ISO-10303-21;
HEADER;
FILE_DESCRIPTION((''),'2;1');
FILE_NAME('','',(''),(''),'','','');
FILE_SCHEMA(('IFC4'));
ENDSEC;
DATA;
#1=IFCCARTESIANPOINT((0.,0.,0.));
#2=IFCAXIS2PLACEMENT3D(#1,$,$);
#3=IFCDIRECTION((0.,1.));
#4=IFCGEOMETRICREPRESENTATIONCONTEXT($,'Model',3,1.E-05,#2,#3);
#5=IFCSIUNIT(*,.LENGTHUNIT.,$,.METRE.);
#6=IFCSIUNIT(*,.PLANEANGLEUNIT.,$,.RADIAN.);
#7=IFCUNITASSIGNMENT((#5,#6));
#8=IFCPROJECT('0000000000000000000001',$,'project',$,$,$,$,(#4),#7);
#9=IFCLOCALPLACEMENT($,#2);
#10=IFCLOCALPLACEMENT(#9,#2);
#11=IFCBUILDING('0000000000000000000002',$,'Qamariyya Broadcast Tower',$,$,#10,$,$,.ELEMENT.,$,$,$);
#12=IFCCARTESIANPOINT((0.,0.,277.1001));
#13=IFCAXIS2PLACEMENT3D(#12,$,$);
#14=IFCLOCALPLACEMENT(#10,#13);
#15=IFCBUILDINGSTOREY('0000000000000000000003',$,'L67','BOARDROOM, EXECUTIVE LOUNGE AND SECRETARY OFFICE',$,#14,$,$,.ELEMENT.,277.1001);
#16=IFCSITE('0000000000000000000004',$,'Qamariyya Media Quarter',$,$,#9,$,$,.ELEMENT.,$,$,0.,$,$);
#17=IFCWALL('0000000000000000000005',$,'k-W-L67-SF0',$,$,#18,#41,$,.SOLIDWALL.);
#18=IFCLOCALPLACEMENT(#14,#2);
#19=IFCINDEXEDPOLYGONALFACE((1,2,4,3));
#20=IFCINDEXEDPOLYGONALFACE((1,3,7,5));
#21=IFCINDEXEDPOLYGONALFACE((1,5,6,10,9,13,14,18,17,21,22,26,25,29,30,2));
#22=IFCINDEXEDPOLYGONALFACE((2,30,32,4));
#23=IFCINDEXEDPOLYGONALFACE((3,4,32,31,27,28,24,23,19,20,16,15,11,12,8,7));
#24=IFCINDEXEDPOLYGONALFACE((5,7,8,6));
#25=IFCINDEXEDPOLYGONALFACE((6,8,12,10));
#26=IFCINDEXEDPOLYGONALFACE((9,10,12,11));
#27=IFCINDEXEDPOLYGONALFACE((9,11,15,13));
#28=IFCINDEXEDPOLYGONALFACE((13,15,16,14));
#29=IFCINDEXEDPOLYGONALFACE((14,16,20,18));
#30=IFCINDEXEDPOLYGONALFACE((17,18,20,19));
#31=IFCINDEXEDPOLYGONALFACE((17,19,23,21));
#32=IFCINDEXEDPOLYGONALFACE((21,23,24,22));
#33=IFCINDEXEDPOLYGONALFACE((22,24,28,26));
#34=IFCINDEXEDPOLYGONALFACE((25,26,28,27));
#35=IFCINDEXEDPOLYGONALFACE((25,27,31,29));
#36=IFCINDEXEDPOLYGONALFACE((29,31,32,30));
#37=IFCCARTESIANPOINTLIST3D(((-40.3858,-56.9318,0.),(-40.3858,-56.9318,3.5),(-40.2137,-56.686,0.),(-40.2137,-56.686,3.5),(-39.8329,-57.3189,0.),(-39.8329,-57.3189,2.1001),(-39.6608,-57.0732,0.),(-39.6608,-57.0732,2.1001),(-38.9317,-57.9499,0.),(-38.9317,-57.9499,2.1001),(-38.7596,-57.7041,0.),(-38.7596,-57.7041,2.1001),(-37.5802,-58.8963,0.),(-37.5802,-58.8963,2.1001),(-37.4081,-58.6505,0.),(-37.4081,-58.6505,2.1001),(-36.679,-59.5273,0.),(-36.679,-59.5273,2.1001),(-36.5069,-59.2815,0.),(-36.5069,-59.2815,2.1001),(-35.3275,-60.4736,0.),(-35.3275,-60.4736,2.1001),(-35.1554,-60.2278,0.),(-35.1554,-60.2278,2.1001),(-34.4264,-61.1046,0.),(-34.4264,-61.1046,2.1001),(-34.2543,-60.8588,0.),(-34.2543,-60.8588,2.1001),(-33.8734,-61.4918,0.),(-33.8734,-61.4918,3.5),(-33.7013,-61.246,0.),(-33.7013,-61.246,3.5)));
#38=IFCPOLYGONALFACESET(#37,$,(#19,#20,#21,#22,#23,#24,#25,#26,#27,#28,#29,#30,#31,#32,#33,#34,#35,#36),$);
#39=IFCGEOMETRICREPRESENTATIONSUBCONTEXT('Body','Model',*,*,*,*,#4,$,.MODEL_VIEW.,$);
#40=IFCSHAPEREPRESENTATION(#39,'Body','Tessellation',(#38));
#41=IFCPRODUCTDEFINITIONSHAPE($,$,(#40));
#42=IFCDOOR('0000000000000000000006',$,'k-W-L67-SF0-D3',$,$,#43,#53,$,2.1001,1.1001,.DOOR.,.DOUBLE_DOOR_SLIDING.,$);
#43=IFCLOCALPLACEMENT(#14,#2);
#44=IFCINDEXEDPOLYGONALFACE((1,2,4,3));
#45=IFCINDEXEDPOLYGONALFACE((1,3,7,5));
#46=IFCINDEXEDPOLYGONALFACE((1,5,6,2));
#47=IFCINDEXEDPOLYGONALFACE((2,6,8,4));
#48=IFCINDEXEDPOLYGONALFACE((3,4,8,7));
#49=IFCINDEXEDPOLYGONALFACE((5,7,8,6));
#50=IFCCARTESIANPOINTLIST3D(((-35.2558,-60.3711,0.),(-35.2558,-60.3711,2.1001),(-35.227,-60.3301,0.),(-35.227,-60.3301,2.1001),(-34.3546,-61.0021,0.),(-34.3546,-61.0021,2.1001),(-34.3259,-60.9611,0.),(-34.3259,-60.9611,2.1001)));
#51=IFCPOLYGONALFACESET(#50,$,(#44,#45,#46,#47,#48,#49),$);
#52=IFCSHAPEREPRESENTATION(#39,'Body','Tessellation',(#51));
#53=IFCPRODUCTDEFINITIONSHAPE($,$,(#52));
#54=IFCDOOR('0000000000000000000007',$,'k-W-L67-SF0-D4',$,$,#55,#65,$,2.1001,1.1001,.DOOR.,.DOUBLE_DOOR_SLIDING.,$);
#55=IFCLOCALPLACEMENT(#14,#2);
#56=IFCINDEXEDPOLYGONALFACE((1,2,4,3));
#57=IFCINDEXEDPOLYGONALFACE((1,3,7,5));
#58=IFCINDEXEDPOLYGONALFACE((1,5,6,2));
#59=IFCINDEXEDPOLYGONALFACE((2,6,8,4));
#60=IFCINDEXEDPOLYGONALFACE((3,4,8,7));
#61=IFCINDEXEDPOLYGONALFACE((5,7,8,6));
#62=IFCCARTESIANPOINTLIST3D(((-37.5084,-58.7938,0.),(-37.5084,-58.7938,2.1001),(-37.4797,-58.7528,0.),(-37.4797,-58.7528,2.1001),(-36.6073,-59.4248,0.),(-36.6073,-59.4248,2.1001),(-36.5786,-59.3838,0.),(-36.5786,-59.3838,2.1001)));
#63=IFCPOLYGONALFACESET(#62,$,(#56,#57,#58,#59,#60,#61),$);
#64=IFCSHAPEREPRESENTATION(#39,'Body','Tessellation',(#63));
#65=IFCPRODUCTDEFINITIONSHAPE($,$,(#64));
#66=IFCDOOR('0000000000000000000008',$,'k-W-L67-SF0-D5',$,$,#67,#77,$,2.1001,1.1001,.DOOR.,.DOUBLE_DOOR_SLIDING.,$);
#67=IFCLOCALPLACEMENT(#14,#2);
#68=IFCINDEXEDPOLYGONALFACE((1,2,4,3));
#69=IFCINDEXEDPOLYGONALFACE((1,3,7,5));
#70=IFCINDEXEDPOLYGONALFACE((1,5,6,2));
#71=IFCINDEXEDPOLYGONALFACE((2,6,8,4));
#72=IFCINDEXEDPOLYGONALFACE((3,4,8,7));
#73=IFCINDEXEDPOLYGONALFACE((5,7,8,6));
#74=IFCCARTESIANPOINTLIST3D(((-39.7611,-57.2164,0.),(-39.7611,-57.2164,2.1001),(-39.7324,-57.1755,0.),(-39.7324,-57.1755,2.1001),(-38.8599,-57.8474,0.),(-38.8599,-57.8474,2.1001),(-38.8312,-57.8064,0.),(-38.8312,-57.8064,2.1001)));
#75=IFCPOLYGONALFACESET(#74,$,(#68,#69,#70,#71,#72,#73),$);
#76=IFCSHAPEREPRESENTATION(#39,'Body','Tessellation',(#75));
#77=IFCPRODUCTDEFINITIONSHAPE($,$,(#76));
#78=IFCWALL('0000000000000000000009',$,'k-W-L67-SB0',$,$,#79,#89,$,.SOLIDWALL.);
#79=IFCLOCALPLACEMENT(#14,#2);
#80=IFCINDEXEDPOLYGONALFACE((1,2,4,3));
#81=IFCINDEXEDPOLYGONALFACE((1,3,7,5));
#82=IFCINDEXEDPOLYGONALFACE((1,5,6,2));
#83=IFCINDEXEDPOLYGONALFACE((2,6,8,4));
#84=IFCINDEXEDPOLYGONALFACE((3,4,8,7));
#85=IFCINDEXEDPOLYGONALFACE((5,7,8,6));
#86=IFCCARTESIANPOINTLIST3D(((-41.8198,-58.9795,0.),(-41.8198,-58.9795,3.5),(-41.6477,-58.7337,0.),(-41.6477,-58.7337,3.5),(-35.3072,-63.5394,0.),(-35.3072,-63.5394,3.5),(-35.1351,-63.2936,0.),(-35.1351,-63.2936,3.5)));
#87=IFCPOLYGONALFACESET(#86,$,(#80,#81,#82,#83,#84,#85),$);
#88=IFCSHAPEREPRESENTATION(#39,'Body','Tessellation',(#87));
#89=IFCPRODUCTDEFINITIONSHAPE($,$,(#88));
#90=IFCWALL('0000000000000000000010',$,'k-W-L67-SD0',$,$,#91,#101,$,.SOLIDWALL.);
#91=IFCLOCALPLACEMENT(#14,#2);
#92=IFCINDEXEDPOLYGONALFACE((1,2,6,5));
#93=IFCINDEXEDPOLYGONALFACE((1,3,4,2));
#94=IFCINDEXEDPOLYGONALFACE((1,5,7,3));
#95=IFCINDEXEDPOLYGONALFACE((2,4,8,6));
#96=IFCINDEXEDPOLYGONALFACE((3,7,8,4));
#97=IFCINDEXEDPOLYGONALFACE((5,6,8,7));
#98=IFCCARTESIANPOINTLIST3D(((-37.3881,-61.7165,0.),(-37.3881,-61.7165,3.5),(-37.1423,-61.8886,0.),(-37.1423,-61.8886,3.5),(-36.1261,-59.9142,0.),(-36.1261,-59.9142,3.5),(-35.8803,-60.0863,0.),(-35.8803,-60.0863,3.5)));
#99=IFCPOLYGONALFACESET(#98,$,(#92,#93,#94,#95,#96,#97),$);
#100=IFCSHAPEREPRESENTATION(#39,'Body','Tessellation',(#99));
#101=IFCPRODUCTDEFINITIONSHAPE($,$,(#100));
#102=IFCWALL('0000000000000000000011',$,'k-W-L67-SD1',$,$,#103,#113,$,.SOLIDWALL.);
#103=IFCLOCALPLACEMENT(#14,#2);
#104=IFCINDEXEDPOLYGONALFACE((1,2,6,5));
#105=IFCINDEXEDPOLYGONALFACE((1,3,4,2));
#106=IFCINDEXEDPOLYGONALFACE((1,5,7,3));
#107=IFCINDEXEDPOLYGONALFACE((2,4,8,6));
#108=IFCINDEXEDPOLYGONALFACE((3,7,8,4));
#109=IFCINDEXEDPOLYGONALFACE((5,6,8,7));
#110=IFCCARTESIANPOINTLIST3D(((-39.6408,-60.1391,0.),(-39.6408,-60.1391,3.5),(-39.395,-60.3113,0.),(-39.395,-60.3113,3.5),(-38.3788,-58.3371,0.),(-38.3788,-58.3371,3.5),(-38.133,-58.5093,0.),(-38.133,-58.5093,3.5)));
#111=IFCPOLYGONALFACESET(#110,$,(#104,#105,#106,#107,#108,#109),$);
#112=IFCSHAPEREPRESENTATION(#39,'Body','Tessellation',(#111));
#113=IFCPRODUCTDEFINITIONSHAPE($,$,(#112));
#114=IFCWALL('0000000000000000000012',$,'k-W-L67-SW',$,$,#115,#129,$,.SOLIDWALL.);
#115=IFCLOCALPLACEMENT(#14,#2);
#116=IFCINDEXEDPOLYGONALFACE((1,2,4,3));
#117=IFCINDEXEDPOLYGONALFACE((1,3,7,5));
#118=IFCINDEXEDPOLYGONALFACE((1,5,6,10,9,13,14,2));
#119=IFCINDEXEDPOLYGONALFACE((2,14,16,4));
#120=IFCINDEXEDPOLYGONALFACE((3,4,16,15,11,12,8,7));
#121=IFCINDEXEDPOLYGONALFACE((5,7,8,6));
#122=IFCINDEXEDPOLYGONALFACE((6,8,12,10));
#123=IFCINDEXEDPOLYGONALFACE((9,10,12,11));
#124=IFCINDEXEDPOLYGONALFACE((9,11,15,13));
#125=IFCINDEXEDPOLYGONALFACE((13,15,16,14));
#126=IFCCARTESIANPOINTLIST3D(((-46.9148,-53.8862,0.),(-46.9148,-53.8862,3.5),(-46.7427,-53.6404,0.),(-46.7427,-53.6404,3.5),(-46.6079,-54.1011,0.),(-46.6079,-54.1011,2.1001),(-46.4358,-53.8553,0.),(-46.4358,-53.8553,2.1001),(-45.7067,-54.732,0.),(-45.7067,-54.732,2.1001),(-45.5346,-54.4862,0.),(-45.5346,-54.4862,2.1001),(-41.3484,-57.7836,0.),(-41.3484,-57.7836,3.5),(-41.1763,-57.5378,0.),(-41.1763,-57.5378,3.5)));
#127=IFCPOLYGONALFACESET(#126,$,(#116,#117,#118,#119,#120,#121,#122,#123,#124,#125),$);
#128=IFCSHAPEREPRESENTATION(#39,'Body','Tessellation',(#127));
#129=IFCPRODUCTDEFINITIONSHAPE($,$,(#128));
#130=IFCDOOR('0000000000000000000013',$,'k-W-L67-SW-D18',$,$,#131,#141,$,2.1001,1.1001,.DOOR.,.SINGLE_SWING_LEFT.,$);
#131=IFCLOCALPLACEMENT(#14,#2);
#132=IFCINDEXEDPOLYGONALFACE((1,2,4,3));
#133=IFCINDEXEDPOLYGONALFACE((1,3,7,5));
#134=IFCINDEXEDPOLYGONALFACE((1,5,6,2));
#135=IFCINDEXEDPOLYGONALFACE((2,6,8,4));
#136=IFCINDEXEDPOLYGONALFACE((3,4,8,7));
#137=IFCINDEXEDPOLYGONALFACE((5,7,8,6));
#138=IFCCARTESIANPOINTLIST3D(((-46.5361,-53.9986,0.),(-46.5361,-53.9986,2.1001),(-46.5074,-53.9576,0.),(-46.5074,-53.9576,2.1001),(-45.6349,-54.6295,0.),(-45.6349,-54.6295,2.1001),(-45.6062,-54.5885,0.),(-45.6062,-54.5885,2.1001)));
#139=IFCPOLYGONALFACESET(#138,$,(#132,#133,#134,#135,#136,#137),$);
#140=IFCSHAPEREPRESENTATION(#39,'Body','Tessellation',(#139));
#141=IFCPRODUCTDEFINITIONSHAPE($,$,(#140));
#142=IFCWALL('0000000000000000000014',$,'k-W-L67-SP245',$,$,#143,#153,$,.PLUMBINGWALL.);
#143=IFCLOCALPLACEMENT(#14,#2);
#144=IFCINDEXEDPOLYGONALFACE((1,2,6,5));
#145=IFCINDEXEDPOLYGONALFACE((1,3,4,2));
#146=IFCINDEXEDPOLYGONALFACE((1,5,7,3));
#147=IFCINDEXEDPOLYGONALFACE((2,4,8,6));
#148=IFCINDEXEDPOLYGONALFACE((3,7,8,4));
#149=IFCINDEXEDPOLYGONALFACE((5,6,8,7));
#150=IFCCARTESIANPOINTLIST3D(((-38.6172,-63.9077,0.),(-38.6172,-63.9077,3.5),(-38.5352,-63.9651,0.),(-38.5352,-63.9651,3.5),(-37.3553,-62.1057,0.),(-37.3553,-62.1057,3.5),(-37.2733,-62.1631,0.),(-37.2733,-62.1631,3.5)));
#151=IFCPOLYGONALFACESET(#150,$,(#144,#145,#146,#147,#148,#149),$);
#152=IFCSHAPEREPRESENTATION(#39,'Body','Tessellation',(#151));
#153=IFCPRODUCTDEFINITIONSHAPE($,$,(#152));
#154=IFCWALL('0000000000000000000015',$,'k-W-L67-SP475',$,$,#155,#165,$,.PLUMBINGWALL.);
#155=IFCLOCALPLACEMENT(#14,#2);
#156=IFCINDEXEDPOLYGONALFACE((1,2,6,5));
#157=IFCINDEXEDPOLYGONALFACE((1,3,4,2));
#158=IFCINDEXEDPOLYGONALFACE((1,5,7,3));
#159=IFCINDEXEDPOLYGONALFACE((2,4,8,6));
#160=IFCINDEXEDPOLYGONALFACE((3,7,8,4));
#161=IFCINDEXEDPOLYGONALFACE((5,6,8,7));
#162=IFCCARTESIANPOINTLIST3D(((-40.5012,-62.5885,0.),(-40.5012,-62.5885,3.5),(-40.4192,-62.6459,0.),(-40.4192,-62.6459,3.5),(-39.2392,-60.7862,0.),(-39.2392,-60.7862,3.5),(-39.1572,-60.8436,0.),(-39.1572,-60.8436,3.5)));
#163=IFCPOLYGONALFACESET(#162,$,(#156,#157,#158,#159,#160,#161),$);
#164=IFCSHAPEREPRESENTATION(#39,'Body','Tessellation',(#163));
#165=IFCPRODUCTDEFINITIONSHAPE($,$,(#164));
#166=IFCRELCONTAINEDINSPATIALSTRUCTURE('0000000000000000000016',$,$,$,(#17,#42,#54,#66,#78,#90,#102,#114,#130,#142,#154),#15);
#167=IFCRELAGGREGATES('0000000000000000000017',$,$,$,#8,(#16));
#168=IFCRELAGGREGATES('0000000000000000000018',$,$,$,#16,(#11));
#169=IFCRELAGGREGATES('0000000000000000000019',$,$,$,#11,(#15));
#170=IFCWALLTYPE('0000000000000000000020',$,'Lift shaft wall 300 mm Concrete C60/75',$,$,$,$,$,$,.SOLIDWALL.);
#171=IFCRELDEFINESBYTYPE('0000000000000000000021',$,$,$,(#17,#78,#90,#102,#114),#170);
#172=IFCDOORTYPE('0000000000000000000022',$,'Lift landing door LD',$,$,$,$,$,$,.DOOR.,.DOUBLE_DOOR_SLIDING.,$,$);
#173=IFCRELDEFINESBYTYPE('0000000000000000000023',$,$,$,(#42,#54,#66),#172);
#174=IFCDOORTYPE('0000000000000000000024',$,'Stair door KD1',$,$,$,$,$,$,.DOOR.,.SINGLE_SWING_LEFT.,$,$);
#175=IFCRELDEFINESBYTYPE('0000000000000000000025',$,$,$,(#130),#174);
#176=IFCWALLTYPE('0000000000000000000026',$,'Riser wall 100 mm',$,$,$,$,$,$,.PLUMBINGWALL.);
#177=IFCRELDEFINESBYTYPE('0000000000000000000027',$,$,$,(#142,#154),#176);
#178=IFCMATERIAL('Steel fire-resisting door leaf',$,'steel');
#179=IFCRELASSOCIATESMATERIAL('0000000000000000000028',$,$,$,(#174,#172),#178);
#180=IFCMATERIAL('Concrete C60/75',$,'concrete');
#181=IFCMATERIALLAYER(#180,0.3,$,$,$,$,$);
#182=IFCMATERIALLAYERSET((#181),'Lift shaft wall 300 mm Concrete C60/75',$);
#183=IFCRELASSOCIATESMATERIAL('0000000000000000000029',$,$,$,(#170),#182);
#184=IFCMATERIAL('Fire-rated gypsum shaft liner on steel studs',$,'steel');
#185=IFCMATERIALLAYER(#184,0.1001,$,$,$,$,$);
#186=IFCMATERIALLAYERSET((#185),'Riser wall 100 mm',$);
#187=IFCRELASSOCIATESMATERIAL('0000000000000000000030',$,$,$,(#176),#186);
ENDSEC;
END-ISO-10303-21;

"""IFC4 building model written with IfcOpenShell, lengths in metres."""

from ifc_helpers import new_model, si_unit, direction, frame, frame_2d, origin, place, context, subcontext, project, spatial, rectangle, extrude, material, layer, layer_set, type_object, element, fill, save


model = new_model("IFC4")

# Units and contexts
model_context = context("Model", 3, precision=1e-05, world=origin(), true_north=direction((0.0, 1.0)))
body_context = subcontext(model_context, "Body", "Model", "MODEL_VIEW")
ifc_project = project(units=[si_unit("LENGTHUNIT", "METRE"), si_unit("PLANEANGLEUNIT", "RADIAN")], contexts=[model_context])

# Site, building, storey
site_placement = place(None, origin())
site = spatial("IfcSite", under=ifc_project, at=site_placement, Name="Qamariyya Media Quarter", CompositionType="ELEMENT", RefElevation=0.0)
building_placement = place(site_placement, origin())
building = spatial("IfcBuilding", under=site, at=building_placement, Name="Qamariyya Broadcast Tower", CompositionType="ELEMENT")
storey_placement = place(building_placement, frame((0.0, 0.0, 277.1001)))
storey = spatial("IfcBuildingStorey", under=building, at=storey_placement, Name="L67", Description="BOARDROOM, EXECUTIVE LOUNGE AND SECRETARY OFFICE", CompositionType="ELEMENT", Elevation=277.1001)

# Shared definitions
ifc_material_1 = material(Name="Concrete C60/75", Category="concrete")
ifc_material_2 = material(Name="Steel fire-resisting door leaf", Category="steel")

# Shared definitions
door_type_1 = type_object("IfcDoorType", Name="Stair door KD1", OperationType="SINGLE_SWING_LEFT", PredefinedType="DOOR", material=ifc_material_2)

# Shared definitions
ifc_layer_1 = layer(ifc_material_1, 0.3)
ifc_layer_set_1 = layer_set([ifc_layer_1], Name="Lift shaft wall 300 mm Concrete C60/75")
wall_type_1 = type_object("IfcWallType", Name="Lift shaft wall 300 mm Concrete C60/75", PredefinedType="SOLIDWALL", material=ifc_layer_set_1)

# Wall, openings, doors
wall_1_placement = place(storey_placement, frame((-33.7874, -61.3689, 0.0), z_axis=(0.0, 0.0, 1.0), x_axis=(-0.819153, 0.573576, 0.0)))
wall_1 = element("IfcWall", 1, at=wall_1_placement, inside=storey, type_object=wall_type_1, Name="k-W-L67-SF0", PredefinedType="SOLIDWALL", context=body_context, shape_type="SweptSolid", body=[
    extrude(rectangle(XDim=7.9502, YDim=0.3, at=frame_2d((3.9751, 0.0))), origin(), (0.0, 0.0, 1.0), 3.5),
])
opening_1_placement = place(wall_1_placement, frame((0.675, 0.0, 0.0)))
opening_1 = element("IfcOpeningElement", 2, at=opening_1_placement, cuts=wall_1, PredefinedType="OPENING", context=body_context, shape_type="SweptSolid", body=[
    extrude(rectangle(XDim=1.1001, YDim=2.1001, at=frame_2d((0.55, 1.05))), frame((0.0, 0.1599, 0.0), z_axis=(0.0, -1.0, 0.0), x_axis=(1.0, 0.0, 0.0)), (0.0, 0.0, 1.0), 0.3201),
])
opening_2_placement = place(wall_1_placement, frame((3.425, 0.0, 0.0)))
opening_2 = element("IfcOpeningElement", 3, at=opening_2_placement, cuts=wall_1, PredefinedType="OPENING", context=body_context, shape_type="SweptSolid", body=[
    extrude(rectangle(XDim=1.1001, YDim=2.1001, at=frame_2d((0.55, 1.05))), frame((0.0, 0.1599, 0.0), z_axis=(0.0, -1.0, 0.0), x_axis=(1.0, 0.0, 0.0)), (0.0, 0.0, 1.0), 0.3201),
])
opening_3_placement = place(wall_1_placement, frame((6.175, 0.0, 0.0)))
opening_3 = element("IfcOpeningElement", 4, at=opening_3_placement, cuts=wall_1, PredefinedType="OPENING", context=body_context, shape_type="SweptSolid", body=[
    extrude(rectangle(XDim=1.1001, YDim=2.1001, at=frame_2d((0.55, 1.05))), frame((0.0, 0.1599, 0.0), z_axis=(0.0, -1.0, 0.0), x_axis=(1.0, 0.0, 0.0)), (0.0, 0.0, 1.0), 0.3201),
])
door_type_2 = type_object("IfcDoorType", Name="Lift landing door LD", OperationType="DOUBLE_DOOR_SLIDING", PredefinedType="DOOR", material=ifc_material_2)
door_1_placement = place(opening_1_placement, origin())
door_1 = element("IfcDoor", 5, at=door_1_placement, inside=storey, type_object=door_type_2, Name="k-W-L67-SF0-D3", OperationType="DOUBLE_DOOR_SLIDING", OverallHeight=2.1001, OverallWidth=1.1001, PredefinedType="DOOR", context=body_context, shape_type="SweptSolid", body=[
    extrude(rectangle(XDim=1.1001, YDim=2.1001, at=frame_2d((0.55, 1.05))), frame((0.0, 0.0249, 0.0), z_axis=(0.0, -1.0, 0.0), x_axis=(1.0, 0.0, 0.0)), (0.0, 0.0, 1.0), 0.05),
])
fill(opening_1, door_1)
door_2_placement = place(opening_2_placement, origin())
door_2 = element("IfcDoor", 6, at=door_2_placement, inside=storey, type_object=door_type_2, Name="k-W-L67-SF0-D4", OperationType="DOUBLE_DOOR_SLIDING", OverallHeight=2.1001, OverallWidth=1.1001, PredefinedType="DOOR", context=body_context, shape_type="SweptSolid", body=[
    extrude(rectangle(XDim=1.1001, YDim=2.1001, at=frame_2d((0.55, 1.05))), frame((0.0, 0.0249, 0.0), z_axis=(0.0, -1.0, 0.0), x_axis=(1.0, 0.0, 0.0)), (0.0, 0.0, 1.0), 0.05),
])
fill(opening_2, door_2)
door_3_placement = place(opening_3_placement, origin())
door_3 = element("IfcDoor", 7, at=door_3_placement, inside=storey, type_object=door_type_2, Name="k-W-L67-SF0-D5", OperationType="DOUBLE_DOOR_SLIDING", OverallHeight=2.1001, OverallWidth=1.1001, PredefinedType="DOOR", context=body_context, shape_type="SweptSolid", body=[
    extrude(rectangle(XDim=1.1001, YDim=2.1001, at=frame_2d((0.55, 1.05))), frame((0.0, 0.0249, 0.0), z_axis=(0.0, -1.0, 0.0), x_axis=(1.0, 0.0, 0.0)), (0.0, 0.0, 1.0), 0.05),
])
fill(opening_3, door_3)

# Walls
wall_2_placement = place(storey_placement, frame((-35.2212, -63.4165, 0.0), z_axis=(0.0, 0.0, 1.0), x_axis=(-0.819167, 0.573555, 0.0)))
element("IfcWall", 8, at=wall_2_placement, inside=storey, type_object=wall_type_1, Name="k-W-L67-SB0", PredefinedType="SOLIDWALL", context=body_context, shape_type="SweptSolid", body=[
    extrude(rectangle(XDim=7.9502, YDim=0.3, at=frame_2d((3.9751, 0.0))), origin(), (0.0, 0.0, 1.0), 3.5),
])
wall_3_placement = place(storey_placement, frame((-36.0032, -60.0002, 0.0), z_axis=(0.0, 0.0, 1.0), x_axis=(-0.573581, -0.819149, 0.0)))
element("IfcWall", 9, at=wall_3_placement, inside=storey, type_object=wall_type_1, Name="k-W-L67-SD0", PredefinedType="SOLIDWALL", context=body_context, shape_type="SweptSolid", body=[
    extrude(rectangle(XDim=2.2002, YDim=0.3, at=frame_2d((1.1001, 0.0))), origin(), (0.0, 0.0, 1.0), 3.5),
])
wall_4_placement = place(storey_placement, frame((-38.2559, -58.4231, 0.0), z_axis=(0.0, 0.0, 1.0), x_axis=(-0.573634, -0.819112, 0.0)))
element("IfcWall", 10, at=wall_4_placement, inside=storey, type_object=wall_type_1, Name="k-W-L67-SD1", PredefinedType="SOLIDWALL", context=body_context, shape_type="SweptSolid", body=[
    extrude(rectangle(XDim=2.2, YDim=0.3, at=frame_2d((1.1001, 0.0))), origin(), (0.0, 0.0, 1.0), 3.5),
])

# Wall, opening, door
wall_5_placement = place(storey_placement, frame((-41.2625, -57.6606, 0.0), z_axis=(0.0, 0.0, 1.0), x_axis=(-0.819164, 0.573559, 0.0)))
wall_5 = element("IfcWall", 11, at=wall_5_placement, inside=storey, type_object=wall_type_1, Name="k-W-L67-SW", PredefinedType="SOLIDWALL", context=body_context, shape_type="SweptSolid", body=[
    extrude(rectangle(XDim=6.7952, YDim=0.3, at=frame_2d((3.3975, 0.0))), origin(), (0.0, 0.0, 1.0), 3.5),
])
opening_4_placement = place(wall_5_placement, frame((5.3203, 0.0, 0.0)))
opening_4 = element("IfcOpeningElement", 12, at=opening_4_placement, cuts=wall_5, PredefinedType="OPENING", context=body_context, shape_type="SweptSolid", body=[
    extrude(rectangle(XDim=1.1001, YDim=2.1001, at=frame_2d((0.55, 1.05))), frame((0.0, 0.1599, 0.0), z_axis=(0.0, -1.0, 0.0), x_axis=(1.0, 0.0, 0.0)), (0.0, 0.0, 1.0), 0.3201),
])
door_4_placement = place(opening_4_placement, origin())
door_4 = element("IfcDoor", 13, at=door_4_placement, inside=storey, type_object=door_type_1, Name="k-W-L67-SW-D18", OperationType="SINGLE_SWING_LEFT", OverallHeight=2.1001, OverallWidth=1.1001, PredefinedType="DOOR", context=body_context, shape_type="SweptSolid", body=[
    extrude(rectangle(XDim=1.1001, YDim=2.1001, at=frame_2d((0.55, 1.05))), frame((0.0, 0.0249, 0.0), z_axis=(0.0, -1.0, 0.0), x_axis=(1.0, 0.0, 0.0)), (0.0, 0.0, 1.0), 0.05),
])
fill(opening_4, door_4)

# Walls
ifc_material_3 = material(Name="Fire-rated gypsum shaft liner on steel studs", Category="steel")
ifc_layer_2 = layer(ifc_material_3, 0.1001)
ifc_layer_set_2 = layer_set([ifc_layer_2], Name="Riser wall 100 mm")
wall_type_2 = type_object("IfcWallType", Name="Riser wall 100 mm", PredefinedType="PLUMBINGWALL", material=ifc_layer_set_2)
wall_6_placement = place(storey_placement, frame((-37.3142, -62.1343, 0.0), z_axis=(0.0, 0.0, 1.0), x_axis=(-0.573634, -0.819112, 0.0)))
element("IfcWall", 14, at=wall_6_placement, inside=storey, type_object=wall_type_2, Name="k-W-L67-SP245", PredefinedType="PLUMBINGWALL", context=body_context, shape_type="SweptSolid", body=[
    extrude(rectangle(XDim=2.2, YDim=0.1001, at=frame_2d((1.1001, 0.0))), origin(), (0.0, 0.0, 1.0), 3.5),
])
wall_7_placement = place(storey_placement, frame((-39.1982, -60.8149, 0.0), z_axis=(0.0, 0.0, 1.0), x_axis=(-0.573581, -0.819149, 0.0)))
element("IfcWall", 15, at=wall_7_placement, inside=storey, type_object=wall_type_2, Name="k-W-L67-SP475", PredefinedType="PLUMBINGWALL", context=body_context, shape_type="SweptSolid", body=[
    extrude(rectangle(XDim=2.2002, YDim=0.1001, at=frame_2d((1.1001, 0.0))), origin(), (0.0, 0.0, 1.0), 3.5),
])

save(model, "model.ifc")
